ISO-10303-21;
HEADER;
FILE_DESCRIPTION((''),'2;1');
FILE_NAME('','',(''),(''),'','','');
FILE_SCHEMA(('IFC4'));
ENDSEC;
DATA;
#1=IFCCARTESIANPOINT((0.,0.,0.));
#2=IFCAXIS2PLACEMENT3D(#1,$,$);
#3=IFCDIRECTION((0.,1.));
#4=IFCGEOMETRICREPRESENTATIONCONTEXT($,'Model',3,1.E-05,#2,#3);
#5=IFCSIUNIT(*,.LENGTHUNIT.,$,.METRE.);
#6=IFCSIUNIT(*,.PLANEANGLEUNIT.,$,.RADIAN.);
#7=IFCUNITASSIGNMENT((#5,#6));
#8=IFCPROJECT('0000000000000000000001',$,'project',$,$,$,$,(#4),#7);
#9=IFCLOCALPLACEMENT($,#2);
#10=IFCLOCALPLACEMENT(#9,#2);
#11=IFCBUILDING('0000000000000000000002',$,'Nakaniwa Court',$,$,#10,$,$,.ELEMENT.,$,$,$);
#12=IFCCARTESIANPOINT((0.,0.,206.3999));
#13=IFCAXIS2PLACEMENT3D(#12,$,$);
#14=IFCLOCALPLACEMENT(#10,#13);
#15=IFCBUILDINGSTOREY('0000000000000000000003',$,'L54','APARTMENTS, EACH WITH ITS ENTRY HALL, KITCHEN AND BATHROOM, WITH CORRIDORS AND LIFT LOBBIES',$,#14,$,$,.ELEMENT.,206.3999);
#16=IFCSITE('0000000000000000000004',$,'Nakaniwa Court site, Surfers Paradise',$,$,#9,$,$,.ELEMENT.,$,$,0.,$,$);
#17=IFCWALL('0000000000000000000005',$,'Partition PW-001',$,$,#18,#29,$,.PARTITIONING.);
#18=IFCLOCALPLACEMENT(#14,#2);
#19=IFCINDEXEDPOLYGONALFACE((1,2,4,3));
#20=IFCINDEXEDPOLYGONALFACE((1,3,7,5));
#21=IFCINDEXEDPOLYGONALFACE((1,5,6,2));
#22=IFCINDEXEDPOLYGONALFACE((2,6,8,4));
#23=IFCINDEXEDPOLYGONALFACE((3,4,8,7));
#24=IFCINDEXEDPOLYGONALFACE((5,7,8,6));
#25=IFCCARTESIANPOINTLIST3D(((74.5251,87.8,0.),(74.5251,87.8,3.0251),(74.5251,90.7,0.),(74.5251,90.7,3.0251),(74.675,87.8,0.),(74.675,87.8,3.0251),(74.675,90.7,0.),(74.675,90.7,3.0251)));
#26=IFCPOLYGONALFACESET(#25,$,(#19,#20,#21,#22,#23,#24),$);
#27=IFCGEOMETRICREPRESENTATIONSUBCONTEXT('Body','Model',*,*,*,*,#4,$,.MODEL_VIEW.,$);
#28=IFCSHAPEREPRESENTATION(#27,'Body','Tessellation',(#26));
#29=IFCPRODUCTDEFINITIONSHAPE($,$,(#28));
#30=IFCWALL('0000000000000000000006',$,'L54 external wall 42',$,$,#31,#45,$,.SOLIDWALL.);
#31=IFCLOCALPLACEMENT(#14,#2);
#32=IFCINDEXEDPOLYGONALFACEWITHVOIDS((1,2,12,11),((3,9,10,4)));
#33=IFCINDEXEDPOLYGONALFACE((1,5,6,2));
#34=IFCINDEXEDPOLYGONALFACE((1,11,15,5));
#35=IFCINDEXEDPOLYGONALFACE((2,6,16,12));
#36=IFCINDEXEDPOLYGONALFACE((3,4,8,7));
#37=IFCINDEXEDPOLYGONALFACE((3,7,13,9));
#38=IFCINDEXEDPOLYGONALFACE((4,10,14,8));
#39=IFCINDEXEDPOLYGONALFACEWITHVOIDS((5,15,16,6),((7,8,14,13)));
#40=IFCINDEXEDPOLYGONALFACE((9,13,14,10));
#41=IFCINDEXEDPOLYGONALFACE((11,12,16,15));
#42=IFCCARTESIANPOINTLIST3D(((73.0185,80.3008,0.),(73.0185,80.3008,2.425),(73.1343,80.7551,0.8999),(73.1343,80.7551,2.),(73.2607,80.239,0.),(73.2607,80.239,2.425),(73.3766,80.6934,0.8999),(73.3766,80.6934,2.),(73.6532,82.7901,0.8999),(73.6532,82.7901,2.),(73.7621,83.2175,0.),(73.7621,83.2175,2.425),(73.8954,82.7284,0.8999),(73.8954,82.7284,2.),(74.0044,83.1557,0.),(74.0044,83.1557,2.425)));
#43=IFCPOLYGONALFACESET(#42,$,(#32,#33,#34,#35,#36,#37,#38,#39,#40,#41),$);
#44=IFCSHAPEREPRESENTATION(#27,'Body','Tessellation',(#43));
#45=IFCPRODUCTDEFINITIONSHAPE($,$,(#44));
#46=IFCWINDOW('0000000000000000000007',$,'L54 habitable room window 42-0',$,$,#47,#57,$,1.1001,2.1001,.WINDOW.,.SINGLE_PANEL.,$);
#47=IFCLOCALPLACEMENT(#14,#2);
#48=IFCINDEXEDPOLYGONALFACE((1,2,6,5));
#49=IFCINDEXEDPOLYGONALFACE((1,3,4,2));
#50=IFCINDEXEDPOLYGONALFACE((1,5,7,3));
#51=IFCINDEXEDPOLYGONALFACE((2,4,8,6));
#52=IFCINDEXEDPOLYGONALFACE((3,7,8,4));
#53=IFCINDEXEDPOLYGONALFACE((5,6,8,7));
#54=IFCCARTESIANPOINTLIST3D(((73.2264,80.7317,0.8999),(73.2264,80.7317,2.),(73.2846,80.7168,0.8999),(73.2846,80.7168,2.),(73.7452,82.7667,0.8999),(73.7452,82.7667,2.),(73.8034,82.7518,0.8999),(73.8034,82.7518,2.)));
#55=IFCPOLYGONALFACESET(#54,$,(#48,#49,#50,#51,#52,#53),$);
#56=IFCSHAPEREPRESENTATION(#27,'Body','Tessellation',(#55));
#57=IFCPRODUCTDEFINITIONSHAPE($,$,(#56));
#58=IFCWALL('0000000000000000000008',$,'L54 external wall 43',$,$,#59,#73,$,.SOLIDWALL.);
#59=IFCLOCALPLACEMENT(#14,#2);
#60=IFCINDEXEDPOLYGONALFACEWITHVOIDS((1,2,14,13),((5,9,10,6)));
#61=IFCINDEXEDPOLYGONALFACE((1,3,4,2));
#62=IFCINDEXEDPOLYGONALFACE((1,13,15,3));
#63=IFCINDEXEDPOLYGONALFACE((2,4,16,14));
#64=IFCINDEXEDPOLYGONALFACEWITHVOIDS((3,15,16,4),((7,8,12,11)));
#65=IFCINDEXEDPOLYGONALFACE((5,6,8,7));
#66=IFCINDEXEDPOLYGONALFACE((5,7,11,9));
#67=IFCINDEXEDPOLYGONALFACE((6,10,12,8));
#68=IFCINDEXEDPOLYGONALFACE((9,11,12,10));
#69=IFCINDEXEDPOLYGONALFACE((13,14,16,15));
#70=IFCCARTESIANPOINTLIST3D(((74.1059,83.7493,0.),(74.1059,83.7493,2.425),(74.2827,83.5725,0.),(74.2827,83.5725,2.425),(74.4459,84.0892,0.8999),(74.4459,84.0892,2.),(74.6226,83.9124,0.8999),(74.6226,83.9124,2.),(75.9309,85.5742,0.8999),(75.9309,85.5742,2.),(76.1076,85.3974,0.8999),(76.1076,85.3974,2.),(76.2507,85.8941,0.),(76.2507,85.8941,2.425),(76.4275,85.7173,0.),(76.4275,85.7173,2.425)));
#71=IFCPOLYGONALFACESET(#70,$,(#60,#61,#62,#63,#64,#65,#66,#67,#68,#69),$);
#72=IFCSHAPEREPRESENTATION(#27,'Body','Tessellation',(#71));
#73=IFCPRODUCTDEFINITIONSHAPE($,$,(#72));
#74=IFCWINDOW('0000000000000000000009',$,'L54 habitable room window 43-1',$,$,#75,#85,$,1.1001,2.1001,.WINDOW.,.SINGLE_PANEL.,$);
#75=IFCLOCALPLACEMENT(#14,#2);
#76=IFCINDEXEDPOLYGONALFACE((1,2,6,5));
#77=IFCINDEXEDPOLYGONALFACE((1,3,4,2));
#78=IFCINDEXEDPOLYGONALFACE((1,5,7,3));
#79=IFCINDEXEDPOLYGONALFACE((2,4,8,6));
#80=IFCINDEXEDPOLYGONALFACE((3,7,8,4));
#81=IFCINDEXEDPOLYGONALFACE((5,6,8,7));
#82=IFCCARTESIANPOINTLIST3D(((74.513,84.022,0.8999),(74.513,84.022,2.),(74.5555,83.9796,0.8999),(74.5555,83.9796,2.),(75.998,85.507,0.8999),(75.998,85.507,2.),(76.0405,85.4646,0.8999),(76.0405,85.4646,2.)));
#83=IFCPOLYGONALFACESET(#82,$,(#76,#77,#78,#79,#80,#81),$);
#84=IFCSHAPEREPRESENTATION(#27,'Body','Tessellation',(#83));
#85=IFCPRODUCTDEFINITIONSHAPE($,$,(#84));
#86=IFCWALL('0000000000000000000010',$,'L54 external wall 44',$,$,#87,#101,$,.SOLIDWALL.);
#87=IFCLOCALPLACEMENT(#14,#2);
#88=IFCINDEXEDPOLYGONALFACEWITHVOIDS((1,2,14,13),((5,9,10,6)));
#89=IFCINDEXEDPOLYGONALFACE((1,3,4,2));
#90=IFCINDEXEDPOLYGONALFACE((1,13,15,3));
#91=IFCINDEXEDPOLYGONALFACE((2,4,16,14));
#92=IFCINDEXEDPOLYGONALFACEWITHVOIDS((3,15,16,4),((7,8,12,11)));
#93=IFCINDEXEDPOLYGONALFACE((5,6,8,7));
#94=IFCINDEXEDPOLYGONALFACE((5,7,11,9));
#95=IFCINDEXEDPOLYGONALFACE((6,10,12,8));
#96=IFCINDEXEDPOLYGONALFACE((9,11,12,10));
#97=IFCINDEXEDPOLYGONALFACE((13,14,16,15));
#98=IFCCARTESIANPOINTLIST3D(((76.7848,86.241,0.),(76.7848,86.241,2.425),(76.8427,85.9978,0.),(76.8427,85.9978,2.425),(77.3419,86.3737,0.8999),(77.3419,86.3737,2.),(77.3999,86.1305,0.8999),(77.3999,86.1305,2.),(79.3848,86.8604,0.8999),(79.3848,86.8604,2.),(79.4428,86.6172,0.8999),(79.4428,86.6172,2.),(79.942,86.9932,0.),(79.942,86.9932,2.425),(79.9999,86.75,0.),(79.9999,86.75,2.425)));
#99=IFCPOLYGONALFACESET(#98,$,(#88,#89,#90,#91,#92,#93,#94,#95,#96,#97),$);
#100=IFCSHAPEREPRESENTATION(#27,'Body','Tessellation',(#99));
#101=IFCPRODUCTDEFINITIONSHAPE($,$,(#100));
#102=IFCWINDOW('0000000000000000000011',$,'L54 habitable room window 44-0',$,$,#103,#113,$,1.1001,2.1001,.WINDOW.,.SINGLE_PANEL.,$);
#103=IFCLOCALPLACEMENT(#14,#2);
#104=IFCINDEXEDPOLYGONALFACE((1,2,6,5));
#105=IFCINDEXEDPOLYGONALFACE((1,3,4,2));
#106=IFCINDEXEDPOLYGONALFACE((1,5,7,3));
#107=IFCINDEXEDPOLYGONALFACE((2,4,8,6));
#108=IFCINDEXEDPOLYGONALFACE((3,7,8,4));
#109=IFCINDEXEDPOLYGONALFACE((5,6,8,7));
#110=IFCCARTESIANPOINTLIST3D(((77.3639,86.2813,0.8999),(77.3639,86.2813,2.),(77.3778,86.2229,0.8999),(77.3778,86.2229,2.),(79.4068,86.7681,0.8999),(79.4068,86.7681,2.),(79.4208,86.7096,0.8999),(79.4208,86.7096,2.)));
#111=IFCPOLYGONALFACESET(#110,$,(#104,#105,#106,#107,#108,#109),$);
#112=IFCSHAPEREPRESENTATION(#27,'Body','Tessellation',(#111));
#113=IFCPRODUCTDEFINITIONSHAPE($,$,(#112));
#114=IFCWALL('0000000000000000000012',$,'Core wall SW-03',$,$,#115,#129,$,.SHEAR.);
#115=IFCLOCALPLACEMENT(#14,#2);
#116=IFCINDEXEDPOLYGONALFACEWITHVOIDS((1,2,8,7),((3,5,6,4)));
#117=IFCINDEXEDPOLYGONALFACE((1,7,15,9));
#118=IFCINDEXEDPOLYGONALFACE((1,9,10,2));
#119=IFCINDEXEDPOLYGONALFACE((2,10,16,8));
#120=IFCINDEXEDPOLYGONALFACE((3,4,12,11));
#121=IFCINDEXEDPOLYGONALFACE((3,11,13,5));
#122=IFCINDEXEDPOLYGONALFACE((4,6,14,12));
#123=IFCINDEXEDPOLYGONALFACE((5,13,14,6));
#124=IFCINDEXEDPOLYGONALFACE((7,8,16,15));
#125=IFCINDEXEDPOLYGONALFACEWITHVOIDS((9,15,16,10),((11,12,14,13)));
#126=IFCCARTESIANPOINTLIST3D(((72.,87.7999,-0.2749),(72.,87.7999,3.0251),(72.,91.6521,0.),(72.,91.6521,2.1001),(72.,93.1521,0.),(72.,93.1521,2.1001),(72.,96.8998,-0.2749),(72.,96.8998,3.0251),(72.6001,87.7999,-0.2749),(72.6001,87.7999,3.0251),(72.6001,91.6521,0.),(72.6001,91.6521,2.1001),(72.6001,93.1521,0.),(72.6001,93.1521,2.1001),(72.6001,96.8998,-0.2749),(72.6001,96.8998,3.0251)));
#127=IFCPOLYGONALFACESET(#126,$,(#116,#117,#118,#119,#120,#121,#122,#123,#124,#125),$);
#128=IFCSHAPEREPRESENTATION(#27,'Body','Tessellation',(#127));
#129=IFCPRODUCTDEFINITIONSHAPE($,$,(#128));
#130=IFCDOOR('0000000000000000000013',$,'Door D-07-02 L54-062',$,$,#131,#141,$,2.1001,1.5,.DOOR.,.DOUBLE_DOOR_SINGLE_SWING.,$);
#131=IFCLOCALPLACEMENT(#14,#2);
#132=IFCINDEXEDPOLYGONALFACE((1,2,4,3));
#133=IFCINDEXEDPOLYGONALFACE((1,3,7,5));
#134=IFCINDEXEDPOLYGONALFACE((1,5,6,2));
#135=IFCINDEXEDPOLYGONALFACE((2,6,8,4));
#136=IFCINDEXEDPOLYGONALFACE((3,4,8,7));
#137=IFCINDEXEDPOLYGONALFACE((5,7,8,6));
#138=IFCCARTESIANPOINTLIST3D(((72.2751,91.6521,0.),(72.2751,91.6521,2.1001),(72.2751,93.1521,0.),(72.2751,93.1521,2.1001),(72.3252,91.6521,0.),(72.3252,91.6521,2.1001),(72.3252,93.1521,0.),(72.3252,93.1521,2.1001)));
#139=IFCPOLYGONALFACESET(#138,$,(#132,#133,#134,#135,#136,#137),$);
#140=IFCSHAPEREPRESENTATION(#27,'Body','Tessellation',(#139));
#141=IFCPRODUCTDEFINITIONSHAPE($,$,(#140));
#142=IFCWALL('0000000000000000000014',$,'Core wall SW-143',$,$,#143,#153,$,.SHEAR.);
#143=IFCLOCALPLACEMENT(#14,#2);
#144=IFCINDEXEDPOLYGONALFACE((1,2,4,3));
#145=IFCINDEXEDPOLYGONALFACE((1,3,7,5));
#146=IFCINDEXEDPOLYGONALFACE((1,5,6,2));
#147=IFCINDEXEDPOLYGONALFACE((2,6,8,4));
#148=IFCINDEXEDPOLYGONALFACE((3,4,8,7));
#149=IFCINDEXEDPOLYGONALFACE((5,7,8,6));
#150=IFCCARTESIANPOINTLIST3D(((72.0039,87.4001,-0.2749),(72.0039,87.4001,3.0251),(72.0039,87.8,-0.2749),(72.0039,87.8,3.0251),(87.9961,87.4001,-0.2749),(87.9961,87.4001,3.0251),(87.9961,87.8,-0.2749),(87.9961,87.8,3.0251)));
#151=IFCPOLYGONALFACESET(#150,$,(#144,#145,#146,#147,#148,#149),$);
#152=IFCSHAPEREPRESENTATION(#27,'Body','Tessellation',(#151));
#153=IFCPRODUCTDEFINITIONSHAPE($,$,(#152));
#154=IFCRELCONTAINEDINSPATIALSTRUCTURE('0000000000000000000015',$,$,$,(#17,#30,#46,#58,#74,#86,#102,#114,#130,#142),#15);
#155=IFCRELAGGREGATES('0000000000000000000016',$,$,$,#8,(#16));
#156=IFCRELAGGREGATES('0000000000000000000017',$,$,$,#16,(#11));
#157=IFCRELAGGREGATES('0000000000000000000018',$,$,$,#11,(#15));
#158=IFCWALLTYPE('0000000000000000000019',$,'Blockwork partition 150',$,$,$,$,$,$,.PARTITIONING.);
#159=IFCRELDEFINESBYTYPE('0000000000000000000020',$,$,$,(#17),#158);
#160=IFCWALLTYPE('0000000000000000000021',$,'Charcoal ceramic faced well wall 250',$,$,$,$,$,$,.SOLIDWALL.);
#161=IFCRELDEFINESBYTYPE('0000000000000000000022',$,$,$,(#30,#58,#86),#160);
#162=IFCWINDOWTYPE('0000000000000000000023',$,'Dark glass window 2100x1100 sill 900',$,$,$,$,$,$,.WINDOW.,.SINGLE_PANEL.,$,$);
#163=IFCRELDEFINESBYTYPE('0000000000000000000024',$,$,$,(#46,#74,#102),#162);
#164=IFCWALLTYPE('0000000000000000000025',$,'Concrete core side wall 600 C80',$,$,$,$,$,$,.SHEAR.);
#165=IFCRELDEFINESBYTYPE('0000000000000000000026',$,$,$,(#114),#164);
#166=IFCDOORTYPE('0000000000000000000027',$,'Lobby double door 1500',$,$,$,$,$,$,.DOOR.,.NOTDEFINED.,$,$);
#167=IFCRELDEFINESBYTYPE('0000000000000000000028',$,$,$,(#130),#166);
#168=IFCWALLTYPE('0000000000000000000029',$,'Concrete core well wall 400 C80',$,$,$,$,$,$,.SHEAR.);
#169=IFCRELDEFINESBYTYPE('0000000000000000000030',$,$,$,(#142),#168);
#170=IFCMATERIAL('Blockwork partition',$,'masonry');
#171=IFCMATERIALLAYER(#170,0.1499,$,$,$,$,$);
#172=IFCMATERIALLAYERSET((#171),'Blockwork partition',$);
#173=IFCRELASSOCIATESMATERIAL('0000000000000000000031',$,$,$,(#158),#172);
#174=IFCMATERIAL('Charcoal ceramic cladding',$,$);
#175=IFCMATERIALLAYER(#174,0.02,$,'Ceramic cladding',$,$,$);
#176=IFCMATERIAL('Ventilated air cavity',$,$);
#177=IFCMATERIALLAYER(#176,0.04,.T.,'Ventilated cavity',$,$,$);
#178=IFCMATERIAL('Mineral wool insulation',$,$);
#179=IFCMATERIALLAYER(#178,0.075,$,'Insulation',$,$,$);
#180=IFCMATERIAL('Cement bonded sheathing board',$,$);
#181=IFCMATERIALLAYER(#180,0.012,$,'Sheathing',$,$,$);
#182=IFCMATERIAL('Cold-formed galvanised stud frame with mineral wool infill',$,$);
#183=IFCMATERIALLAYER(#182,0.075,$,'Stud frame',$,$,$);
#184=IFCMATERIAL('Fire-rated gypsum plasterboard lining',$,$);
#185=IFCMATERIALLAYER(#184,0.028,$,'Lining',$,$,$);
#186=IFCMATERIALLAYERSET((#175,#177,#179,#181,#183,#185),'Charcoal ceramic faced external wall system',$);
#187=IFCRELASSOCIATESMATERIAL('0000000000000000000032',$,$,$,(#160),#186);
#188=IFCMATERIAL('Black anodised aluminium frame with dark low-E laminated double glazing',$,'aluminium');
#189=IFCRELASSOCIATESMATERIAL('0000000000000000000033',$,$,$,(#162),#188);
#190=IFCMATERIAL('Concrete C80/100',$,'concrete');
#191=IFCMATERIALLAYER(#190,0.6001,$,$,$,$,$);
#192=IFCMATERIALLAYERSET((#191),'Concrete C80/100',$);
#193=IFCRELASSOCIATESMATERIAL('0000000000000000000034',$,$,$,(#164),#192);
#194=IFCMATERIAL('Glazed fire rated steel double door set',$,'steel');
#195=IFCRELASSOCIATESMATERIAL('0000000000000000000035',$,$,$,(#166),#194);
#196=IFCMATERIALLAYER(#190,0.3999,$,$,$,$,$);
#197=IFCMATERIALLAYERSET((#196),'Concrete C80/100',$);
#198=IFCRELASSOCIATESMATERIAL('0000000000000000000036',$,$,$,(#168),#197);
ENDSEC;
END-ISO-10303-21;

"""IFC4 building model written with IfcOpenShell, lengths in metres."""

from ifc_helpers import new_model, si_unit, direction, frame, frame_2d, origin, place, context, subcontext, project, spatial, rectangle, extrude, material, layer, layer_set, type_object, element, fill, save


model = new_model("IFC4")

# Units and contexts
model_context = context("Model", 3, precision=1e-05, world=origin(), true_north=direction((0.0, 1.0)))
body_context = subcontext(model_context, "Body", "Model", "MODEL_VIEW")
ifc_project = project(units=[si_unit("LENGTHUNIT", "METRE"), si_unit("PLANEANGLEUNIT", "RADIAN")], contexts=[model_context])

# Site, building, storey
site_placement = place(None, origin())
site = spatial("IfcSite", under=ifc_project, at=site_placement, Name="Nakaniwa Court site, Surfers Paradise", CompositionType="ELEMENT", RefElevation=0.0)
building_placement = place(site_placement, origin())
building = spatial("IfcBuilding", under=site, at=building_placement, Name="Nakaniwa Court", CompositionType="ELEMENT")
storey_placement = place(building_placement, frame((0.0, 0.0, 206.3999)))
storey = spatial("IfcBuildingStorey", under=building, at=storey_placement, Name="L54", Description="APARTMENTS, EACH WITH ITS ENTRY HALL, KITCHEN AND BATHROOM, WITH CORRIDORS AND LIFT LOBBIES", CompositionType="ELEMENT", Elevation=206.3999)

# Shared definitions
ifc_material_1 = material(Name="Concrete C80/100", Category="concrete")

# Wall
ifc_material_2 = material(Name="Blockwork partition", Category="masonry")
ifc_layer_1 = layer(ifc_material_2, 0.1499)
ifc_layer_set_1 = layer_set([ifc_layer_1], Name="Blockwork partition")
wall_type_1 = type_object("IfcWallType", Name="Blockwork partition 150", PredefinedType="PARTITIONING", material=ifc_layer_set_1)
wall_1_placement = place(storey_placement, frame((74.6001, 87.8, 0.0), z_axis=(0.0, 0.0, 1.0), x_axis=(0.0, 1.0, 0.0)))
element("IfcWall", 1, at=wall_1_placement, inside=storey, type_object=wall_type_1, Name="Partition PW-001", PredefinedType="PARTITIONING", context=body_context, shape_type="SweptSolid", body=[
    extrude(rectangle(XDim=2.8999, YDim=0.1499, at=frame_2d((1.45, 0.0))), origin(), (0.0, 0.0, 1.0), 3.0251),
])

# Walls, openings, windows
ifc_material_3 = material(Name="Charcoal ceramic cladding")
ifc_layer_2 = layer(ifc_material_3, 0.02, Name="Ceramic cladding")
ifc_material_4 = material(Name="Ventilated air cavity")
ifc_layer_3 = layer(ifc_material_4, 0.04, ventilated=True, Name="Ventilated cavity")
ifc_material_5 = material(Name="Mineral wool insulation")
ifc_layer_4 = layer(ifc_material_5, 0.075, Name="Insulation")
ifc_material_6 = material(Name="Cement bonded sheathing board")
ifc_layer_5 = layer(ifc_material_6, 0.012, Name="Sheathing")
ifc_material_7 = material(Name="Cold-formed galvanised stud frame with mineral wool infill")
ifc_layer_6 = layer(ifc_material_7, 0.075, Name="Stud frame")
ifc_material_8 = material(Name="Fire-rated gypsum plasterboard lining")
ifc_layer_7 = layer(ifc_material_8, 0.028, Name="Lining")
ifc_layer_set_2 = layer_set([ifc_layer_2, ifc_layer_3, ifc_layer_4, ifc_layer_5, ifc_layer_6, ifc_layer_7], Name="Charcoal ceramic faced external wall system")
wall_type_2 = type_object("IfcWallType", Name="Charcoal ceramic faced well wall 250", PredefinedType="SOLIDWALL", material=ifc_layer_set_2)
wall_2_placement = place(storey_placement, frame((73.1396, 80.27, 0.0), z_axis=(0.0, 0.0, 1.0), x_axis=(0.247056, 0.969001, 0.0)))
wall_2 = element("IfcWall", 2, at=wall_2_placement, inside=storey, type_object=wall_type_2, Name="L54 external wall 42", PredefinedType="SOLIDWALL", context=body_context, shape_type="SweptSolid", body=[
    extrude(rectangle(XDim=3.01, YDim=0.25, at=frame_2d((1.5049, 0.0))), origin(), (0.0, 0.0, 1.0), 2.425),
])
opening_1_placement = place(wall_2_placement, frame((0.4688, 0.0, 0.8999)))
opening_1 = element("IfcOpeningElement", 3, at=opening_1_placement, cuts=wall_2, PredefinedType="OPENING", context=body_context, shape_type="SweptSolid", body=[
    extrude(rectangle(XDim=2.1001, YDim=1.1001, at=frame_2d((1.05, 0.55))), frame((0.0, 0.135, 0.0), z_axis=(0.0, -1.0, 0.0), x_axis=(1.0, 0.0, 0.0)), (0.0, 0.0, 1.0), 0.27),
])
ifc_material_9 = material(Name="Black anodised aluminium frame with dark low-E laminated double glazing", Category="aluminium")
window_type = type_object("IfcWindowType", Name="Dark glass window 2100x1100 sill 900", PartitioningType="SINGLE_PANEL", PredefinedType="WINDOW", material=ifc_material_9)
window_1_placement = place(opening_1_placement, origin())
window_1 = element("IfcWindow", 4, at=window_1_placement, inside=storey, type_object=window_type, Name="L54 habitable room window 42-0", OverallHeight=1.1001, OverallWidth=2.1001, PartitioningType="SINGLE_PANEL", PredefinedType="WINDOW", context=body_context, shape_type="SweptSolid", body=[
    extrude(rectangle(XDim=2.1001, YDim=1.1001, at=frame_2d((1.05, 0.55))), frame((0.0, 0.03, 0.0), z_axis=(0.0, -1.0, 0.0), x_axis=(1.0, 0.0, 0.0)), (0.0, 0.0, 1.0), 0.0601),
])
fill(opening_1, window_1)
wall_3_placement = place(storey_placement, frame((74.1943, 83.6609, 0.0), z_axis=(0.0, 0.0, 1.0), x_axis=(0.707107, 0.707107, 0.0)))
wall_3 = element("IfcWall", 5, at=wall_3_placement, inside=storey, type_object=wall_type_2, Name="L54 external wall 43", PredefinedType="SOLIDWALL", context=body_context, shape_type="SweptSolid", body=[
    extrude(rectangle(XDim=3.0332, YDim=0.25, at=frame_2d((1.5166, 0.0))), origin(), (0.0, 0.0, 1.0), 2.425),
])
opening_2_placement = place(wall_3_placement, frame((0.4807, 0.0, 0.8999)))
opening_2 = element("IfcOpeningElement", 6, at=opening_2_placement, cuts=wall_3, PredefinedType="OPENING", context=body_context, shape_type="SweptSolid", body=[
    extrude(rectangle(XDim=2.1001, YDim=1.1001, at=frame_2d((1.05, 0.55))), frame((0.0, 0.135, 0.0), z_axis=(0.0, -1.0, 0.0), x_axis=(1.0, 0.0, 0.0)), (0.0, 0.0, 1.0), 0.27),
])
window_2_placement = place(opening_2_placement, origin())
window_2 = element("IfcWindow", 7, at=window_2_placement, inside=storey, type_object=window_type, Name="L54 habitable room window 43-1", OverallHeight=1.1001, OverallWidth=2.1001, PartitioningType="SINGLE_PANEL", PredefinedType="WINDOW", context=body_context, shape_type="SweptSolid", body=[
    extrude(rectangle(XDim=2.1001, YDim=1.1001, at=frame_2d((1.05, 0.55))), frame((0.0, 0.03, 0.0), z_axis=(0.0, -1.0, 0.0), x_axis=(1.0, 0.0, 0.0)), (0.0, 0.0, 1.0), 0.0601),
])
fill(opening_2, window_2)
wall_4_placement = place(storey_placement, frame((76.8137, 86.1194, 0.0), z_axis=(0.0, 0.0, 1.0), x_axis=(0.972773, 0.23176, 0.0)))
wall_4 = element("IfcWall", 8, at=wall_4_placement, inside=storey, type_object=wall_type_2, Name="L54 external wall 44", PredefinedType="SOLIDWALL", context=body_context, shape_type="SweptSolid", body=[
    extrude(rectangle(XDim=3.2456, YDim=0.25, at=frame_2d((1.6228, 0.0))), origin(), (0.0, 0.0, 1.0), 2.425),
])
opening_3_placement = place(wall_4_placement, frame((0.5728, 0.0, 0.8999)))
opening_3 = element("IfcOpeningElement", 9, at=opening_3_placement, cuts=wall_4, PredefinedType="OPENING", context=body_context, shape_type="SweptSolid", body=[
    extrude(rectangle(XDim=2.1001, YDim=1.1001, at=frame_2d((1.05, 0.55))), frame((0.0, 0.135, 0.0), z_axis=(0.0, -1.0, 0.0), x_axis=(1.0, 0.0, 0.0)), (0.0, 0.0, 1.0), 0.27),
])
window_3_placement = place(opening_3_placement, origin())
window_3 = element("IfcWindow", 10, at=window_3_placement, inside=storey, type_object=window_type, Name="L54 habitable room window 44-0", OverallHeight=1.1001, OverallWidth=2.1001, PartitioningType="SINGLE_PANEL", PredefinedType="WINDOW", context=body_context, shape_type="SweptSolid", body=[
    extrude(rectangle(XDim=2.1001, YDim=1.1001, at=frame_2d((1.05, 0.55))), frame((0.0, 0.03, 0.0), z_axis=(0.0, -1.0, 0.0), x_axis=(1.0, 0.0, 0.0)), (0.0, 0.0, 1.0), 0.0601),
])
fill(opening_3, window_3)

# Wall, opening, door
ifc_layer_8 = layer(ifc_material_1, 0.6001)
ifc_layer_set_3 = layer_set([ifc_layer_8], Name="Concrete C80/100")
wall_type_3 = type_object("IfcWallType", Name="Concrete core side wall 600 C80", PredefinedType="SHEAR", material=ifc_layer_set_3)
wall_5_placement = place(storey_placement, frame((72.3, 87.8, -0.2749), z_axis=(0.0, 0.0, 1.0), x_axis=(0.0, 1.0, 0.0)))
wall_5 = element("IfcWall", 11, at=wall_5_placement, inside=storey, type_object=wall_type_3, Name="Core wall SW-03", PredefinedType="SHEAR", context=body_context, shape_type="SweptSolid", body=[
    extrude(rectangle(XDim=9.0999, YDim=0.6001, at=frame_2d((4.5498, 0.0))), origin(), (0.0, 0.0, 1.0), 3.3),
])
opening_4_placement = place(wall_5_placement, frame((3.8521, 0.0, 0.2749)))
opening_4 = element("IfcOpeningElement", 12, at=opening_4_placement, cuts=wall_5, PredefinedType="OPENING", context=body_context, shape_type="SweptSolid", body=[
    extrude(rectangle(XDim=1.5, YDim=2.1001, at=frame_2d((0.75, 1.05))), frame((0.0, 0.3101, 0.0), z_axis=(0.0, -1.0, 0.0), x_axis=(1.0, 0.0, 0.0)), (0.0, 0.0, 1.0), 0.6201),
])
ifc_material_10 = material(Name="Glazed fire rated steel double door set", Category="steel")
door_type_1 = type_object("IfcDoorType", Name="Lobby double door 1500", OperationType="NOTDEFINED", PredefinedType="DOOR", material=ifc_material_10)
door_1_placement = place(opening_4_placement, origin())
door_1 = element("IfcDoor", 13, at=door_1_placement, inside=storey, type_object=door_type_1, Name="Door D-07-02 L54-062", OperationType="DOUBLE_DOOR_SINGLE_SWING", OverallHeight=2.1001, OverallWidth=1.5, PredefinedType="DOOR", context=body_context, shape_type="SweptSolid", body=[
    extrude(rectangle(XDim=1.5, YDim=2.1001, at=frame_2d((0.75, 1.05))), frame((0.0, 0.0249, 0.0), z_axis=(0.0, -1.0, 0.0), x_axis=(1.0, 0.0, 0.0)), (0.0, 0.0, 1.0), 0.05),
])
fill(opening_4, door_1)

# Wall
ifc_layer_9 = layer(ifc_material_1, 0.3999)
ifc_layer_set_4 = layer_set([ifc_layer_9], Name="Concrete C80/100")
wall_type_4 = type_object("IfcWallType", Name="Concrete core well wall 400 C80", PredefinedType="SHEAR", material=ifc_layer_set_4)
wall_6_placement = place(storey_placement, frame((72.0039, 87.6001, -0.2749), z_axis=(0.0, 0.0, 1.0), x_axis=(1.0, 0.0, 0.0)))
element("IfcWall", 14, at=wall_6_placement, inside=storey, type_object=wall_type_4, Name="Core wall SW-143", PredefinedType="SHEAR", context=body_context, shape_type="SweptSolid", body=[
    extrude(rectangle(XDim=15.9922, YDim=0.3999, at=frame_2d((7.9961, 0.0))), origin(), (0.0, 0.0, 1.0), 3.3),
])

save(model, "model.ifc")
